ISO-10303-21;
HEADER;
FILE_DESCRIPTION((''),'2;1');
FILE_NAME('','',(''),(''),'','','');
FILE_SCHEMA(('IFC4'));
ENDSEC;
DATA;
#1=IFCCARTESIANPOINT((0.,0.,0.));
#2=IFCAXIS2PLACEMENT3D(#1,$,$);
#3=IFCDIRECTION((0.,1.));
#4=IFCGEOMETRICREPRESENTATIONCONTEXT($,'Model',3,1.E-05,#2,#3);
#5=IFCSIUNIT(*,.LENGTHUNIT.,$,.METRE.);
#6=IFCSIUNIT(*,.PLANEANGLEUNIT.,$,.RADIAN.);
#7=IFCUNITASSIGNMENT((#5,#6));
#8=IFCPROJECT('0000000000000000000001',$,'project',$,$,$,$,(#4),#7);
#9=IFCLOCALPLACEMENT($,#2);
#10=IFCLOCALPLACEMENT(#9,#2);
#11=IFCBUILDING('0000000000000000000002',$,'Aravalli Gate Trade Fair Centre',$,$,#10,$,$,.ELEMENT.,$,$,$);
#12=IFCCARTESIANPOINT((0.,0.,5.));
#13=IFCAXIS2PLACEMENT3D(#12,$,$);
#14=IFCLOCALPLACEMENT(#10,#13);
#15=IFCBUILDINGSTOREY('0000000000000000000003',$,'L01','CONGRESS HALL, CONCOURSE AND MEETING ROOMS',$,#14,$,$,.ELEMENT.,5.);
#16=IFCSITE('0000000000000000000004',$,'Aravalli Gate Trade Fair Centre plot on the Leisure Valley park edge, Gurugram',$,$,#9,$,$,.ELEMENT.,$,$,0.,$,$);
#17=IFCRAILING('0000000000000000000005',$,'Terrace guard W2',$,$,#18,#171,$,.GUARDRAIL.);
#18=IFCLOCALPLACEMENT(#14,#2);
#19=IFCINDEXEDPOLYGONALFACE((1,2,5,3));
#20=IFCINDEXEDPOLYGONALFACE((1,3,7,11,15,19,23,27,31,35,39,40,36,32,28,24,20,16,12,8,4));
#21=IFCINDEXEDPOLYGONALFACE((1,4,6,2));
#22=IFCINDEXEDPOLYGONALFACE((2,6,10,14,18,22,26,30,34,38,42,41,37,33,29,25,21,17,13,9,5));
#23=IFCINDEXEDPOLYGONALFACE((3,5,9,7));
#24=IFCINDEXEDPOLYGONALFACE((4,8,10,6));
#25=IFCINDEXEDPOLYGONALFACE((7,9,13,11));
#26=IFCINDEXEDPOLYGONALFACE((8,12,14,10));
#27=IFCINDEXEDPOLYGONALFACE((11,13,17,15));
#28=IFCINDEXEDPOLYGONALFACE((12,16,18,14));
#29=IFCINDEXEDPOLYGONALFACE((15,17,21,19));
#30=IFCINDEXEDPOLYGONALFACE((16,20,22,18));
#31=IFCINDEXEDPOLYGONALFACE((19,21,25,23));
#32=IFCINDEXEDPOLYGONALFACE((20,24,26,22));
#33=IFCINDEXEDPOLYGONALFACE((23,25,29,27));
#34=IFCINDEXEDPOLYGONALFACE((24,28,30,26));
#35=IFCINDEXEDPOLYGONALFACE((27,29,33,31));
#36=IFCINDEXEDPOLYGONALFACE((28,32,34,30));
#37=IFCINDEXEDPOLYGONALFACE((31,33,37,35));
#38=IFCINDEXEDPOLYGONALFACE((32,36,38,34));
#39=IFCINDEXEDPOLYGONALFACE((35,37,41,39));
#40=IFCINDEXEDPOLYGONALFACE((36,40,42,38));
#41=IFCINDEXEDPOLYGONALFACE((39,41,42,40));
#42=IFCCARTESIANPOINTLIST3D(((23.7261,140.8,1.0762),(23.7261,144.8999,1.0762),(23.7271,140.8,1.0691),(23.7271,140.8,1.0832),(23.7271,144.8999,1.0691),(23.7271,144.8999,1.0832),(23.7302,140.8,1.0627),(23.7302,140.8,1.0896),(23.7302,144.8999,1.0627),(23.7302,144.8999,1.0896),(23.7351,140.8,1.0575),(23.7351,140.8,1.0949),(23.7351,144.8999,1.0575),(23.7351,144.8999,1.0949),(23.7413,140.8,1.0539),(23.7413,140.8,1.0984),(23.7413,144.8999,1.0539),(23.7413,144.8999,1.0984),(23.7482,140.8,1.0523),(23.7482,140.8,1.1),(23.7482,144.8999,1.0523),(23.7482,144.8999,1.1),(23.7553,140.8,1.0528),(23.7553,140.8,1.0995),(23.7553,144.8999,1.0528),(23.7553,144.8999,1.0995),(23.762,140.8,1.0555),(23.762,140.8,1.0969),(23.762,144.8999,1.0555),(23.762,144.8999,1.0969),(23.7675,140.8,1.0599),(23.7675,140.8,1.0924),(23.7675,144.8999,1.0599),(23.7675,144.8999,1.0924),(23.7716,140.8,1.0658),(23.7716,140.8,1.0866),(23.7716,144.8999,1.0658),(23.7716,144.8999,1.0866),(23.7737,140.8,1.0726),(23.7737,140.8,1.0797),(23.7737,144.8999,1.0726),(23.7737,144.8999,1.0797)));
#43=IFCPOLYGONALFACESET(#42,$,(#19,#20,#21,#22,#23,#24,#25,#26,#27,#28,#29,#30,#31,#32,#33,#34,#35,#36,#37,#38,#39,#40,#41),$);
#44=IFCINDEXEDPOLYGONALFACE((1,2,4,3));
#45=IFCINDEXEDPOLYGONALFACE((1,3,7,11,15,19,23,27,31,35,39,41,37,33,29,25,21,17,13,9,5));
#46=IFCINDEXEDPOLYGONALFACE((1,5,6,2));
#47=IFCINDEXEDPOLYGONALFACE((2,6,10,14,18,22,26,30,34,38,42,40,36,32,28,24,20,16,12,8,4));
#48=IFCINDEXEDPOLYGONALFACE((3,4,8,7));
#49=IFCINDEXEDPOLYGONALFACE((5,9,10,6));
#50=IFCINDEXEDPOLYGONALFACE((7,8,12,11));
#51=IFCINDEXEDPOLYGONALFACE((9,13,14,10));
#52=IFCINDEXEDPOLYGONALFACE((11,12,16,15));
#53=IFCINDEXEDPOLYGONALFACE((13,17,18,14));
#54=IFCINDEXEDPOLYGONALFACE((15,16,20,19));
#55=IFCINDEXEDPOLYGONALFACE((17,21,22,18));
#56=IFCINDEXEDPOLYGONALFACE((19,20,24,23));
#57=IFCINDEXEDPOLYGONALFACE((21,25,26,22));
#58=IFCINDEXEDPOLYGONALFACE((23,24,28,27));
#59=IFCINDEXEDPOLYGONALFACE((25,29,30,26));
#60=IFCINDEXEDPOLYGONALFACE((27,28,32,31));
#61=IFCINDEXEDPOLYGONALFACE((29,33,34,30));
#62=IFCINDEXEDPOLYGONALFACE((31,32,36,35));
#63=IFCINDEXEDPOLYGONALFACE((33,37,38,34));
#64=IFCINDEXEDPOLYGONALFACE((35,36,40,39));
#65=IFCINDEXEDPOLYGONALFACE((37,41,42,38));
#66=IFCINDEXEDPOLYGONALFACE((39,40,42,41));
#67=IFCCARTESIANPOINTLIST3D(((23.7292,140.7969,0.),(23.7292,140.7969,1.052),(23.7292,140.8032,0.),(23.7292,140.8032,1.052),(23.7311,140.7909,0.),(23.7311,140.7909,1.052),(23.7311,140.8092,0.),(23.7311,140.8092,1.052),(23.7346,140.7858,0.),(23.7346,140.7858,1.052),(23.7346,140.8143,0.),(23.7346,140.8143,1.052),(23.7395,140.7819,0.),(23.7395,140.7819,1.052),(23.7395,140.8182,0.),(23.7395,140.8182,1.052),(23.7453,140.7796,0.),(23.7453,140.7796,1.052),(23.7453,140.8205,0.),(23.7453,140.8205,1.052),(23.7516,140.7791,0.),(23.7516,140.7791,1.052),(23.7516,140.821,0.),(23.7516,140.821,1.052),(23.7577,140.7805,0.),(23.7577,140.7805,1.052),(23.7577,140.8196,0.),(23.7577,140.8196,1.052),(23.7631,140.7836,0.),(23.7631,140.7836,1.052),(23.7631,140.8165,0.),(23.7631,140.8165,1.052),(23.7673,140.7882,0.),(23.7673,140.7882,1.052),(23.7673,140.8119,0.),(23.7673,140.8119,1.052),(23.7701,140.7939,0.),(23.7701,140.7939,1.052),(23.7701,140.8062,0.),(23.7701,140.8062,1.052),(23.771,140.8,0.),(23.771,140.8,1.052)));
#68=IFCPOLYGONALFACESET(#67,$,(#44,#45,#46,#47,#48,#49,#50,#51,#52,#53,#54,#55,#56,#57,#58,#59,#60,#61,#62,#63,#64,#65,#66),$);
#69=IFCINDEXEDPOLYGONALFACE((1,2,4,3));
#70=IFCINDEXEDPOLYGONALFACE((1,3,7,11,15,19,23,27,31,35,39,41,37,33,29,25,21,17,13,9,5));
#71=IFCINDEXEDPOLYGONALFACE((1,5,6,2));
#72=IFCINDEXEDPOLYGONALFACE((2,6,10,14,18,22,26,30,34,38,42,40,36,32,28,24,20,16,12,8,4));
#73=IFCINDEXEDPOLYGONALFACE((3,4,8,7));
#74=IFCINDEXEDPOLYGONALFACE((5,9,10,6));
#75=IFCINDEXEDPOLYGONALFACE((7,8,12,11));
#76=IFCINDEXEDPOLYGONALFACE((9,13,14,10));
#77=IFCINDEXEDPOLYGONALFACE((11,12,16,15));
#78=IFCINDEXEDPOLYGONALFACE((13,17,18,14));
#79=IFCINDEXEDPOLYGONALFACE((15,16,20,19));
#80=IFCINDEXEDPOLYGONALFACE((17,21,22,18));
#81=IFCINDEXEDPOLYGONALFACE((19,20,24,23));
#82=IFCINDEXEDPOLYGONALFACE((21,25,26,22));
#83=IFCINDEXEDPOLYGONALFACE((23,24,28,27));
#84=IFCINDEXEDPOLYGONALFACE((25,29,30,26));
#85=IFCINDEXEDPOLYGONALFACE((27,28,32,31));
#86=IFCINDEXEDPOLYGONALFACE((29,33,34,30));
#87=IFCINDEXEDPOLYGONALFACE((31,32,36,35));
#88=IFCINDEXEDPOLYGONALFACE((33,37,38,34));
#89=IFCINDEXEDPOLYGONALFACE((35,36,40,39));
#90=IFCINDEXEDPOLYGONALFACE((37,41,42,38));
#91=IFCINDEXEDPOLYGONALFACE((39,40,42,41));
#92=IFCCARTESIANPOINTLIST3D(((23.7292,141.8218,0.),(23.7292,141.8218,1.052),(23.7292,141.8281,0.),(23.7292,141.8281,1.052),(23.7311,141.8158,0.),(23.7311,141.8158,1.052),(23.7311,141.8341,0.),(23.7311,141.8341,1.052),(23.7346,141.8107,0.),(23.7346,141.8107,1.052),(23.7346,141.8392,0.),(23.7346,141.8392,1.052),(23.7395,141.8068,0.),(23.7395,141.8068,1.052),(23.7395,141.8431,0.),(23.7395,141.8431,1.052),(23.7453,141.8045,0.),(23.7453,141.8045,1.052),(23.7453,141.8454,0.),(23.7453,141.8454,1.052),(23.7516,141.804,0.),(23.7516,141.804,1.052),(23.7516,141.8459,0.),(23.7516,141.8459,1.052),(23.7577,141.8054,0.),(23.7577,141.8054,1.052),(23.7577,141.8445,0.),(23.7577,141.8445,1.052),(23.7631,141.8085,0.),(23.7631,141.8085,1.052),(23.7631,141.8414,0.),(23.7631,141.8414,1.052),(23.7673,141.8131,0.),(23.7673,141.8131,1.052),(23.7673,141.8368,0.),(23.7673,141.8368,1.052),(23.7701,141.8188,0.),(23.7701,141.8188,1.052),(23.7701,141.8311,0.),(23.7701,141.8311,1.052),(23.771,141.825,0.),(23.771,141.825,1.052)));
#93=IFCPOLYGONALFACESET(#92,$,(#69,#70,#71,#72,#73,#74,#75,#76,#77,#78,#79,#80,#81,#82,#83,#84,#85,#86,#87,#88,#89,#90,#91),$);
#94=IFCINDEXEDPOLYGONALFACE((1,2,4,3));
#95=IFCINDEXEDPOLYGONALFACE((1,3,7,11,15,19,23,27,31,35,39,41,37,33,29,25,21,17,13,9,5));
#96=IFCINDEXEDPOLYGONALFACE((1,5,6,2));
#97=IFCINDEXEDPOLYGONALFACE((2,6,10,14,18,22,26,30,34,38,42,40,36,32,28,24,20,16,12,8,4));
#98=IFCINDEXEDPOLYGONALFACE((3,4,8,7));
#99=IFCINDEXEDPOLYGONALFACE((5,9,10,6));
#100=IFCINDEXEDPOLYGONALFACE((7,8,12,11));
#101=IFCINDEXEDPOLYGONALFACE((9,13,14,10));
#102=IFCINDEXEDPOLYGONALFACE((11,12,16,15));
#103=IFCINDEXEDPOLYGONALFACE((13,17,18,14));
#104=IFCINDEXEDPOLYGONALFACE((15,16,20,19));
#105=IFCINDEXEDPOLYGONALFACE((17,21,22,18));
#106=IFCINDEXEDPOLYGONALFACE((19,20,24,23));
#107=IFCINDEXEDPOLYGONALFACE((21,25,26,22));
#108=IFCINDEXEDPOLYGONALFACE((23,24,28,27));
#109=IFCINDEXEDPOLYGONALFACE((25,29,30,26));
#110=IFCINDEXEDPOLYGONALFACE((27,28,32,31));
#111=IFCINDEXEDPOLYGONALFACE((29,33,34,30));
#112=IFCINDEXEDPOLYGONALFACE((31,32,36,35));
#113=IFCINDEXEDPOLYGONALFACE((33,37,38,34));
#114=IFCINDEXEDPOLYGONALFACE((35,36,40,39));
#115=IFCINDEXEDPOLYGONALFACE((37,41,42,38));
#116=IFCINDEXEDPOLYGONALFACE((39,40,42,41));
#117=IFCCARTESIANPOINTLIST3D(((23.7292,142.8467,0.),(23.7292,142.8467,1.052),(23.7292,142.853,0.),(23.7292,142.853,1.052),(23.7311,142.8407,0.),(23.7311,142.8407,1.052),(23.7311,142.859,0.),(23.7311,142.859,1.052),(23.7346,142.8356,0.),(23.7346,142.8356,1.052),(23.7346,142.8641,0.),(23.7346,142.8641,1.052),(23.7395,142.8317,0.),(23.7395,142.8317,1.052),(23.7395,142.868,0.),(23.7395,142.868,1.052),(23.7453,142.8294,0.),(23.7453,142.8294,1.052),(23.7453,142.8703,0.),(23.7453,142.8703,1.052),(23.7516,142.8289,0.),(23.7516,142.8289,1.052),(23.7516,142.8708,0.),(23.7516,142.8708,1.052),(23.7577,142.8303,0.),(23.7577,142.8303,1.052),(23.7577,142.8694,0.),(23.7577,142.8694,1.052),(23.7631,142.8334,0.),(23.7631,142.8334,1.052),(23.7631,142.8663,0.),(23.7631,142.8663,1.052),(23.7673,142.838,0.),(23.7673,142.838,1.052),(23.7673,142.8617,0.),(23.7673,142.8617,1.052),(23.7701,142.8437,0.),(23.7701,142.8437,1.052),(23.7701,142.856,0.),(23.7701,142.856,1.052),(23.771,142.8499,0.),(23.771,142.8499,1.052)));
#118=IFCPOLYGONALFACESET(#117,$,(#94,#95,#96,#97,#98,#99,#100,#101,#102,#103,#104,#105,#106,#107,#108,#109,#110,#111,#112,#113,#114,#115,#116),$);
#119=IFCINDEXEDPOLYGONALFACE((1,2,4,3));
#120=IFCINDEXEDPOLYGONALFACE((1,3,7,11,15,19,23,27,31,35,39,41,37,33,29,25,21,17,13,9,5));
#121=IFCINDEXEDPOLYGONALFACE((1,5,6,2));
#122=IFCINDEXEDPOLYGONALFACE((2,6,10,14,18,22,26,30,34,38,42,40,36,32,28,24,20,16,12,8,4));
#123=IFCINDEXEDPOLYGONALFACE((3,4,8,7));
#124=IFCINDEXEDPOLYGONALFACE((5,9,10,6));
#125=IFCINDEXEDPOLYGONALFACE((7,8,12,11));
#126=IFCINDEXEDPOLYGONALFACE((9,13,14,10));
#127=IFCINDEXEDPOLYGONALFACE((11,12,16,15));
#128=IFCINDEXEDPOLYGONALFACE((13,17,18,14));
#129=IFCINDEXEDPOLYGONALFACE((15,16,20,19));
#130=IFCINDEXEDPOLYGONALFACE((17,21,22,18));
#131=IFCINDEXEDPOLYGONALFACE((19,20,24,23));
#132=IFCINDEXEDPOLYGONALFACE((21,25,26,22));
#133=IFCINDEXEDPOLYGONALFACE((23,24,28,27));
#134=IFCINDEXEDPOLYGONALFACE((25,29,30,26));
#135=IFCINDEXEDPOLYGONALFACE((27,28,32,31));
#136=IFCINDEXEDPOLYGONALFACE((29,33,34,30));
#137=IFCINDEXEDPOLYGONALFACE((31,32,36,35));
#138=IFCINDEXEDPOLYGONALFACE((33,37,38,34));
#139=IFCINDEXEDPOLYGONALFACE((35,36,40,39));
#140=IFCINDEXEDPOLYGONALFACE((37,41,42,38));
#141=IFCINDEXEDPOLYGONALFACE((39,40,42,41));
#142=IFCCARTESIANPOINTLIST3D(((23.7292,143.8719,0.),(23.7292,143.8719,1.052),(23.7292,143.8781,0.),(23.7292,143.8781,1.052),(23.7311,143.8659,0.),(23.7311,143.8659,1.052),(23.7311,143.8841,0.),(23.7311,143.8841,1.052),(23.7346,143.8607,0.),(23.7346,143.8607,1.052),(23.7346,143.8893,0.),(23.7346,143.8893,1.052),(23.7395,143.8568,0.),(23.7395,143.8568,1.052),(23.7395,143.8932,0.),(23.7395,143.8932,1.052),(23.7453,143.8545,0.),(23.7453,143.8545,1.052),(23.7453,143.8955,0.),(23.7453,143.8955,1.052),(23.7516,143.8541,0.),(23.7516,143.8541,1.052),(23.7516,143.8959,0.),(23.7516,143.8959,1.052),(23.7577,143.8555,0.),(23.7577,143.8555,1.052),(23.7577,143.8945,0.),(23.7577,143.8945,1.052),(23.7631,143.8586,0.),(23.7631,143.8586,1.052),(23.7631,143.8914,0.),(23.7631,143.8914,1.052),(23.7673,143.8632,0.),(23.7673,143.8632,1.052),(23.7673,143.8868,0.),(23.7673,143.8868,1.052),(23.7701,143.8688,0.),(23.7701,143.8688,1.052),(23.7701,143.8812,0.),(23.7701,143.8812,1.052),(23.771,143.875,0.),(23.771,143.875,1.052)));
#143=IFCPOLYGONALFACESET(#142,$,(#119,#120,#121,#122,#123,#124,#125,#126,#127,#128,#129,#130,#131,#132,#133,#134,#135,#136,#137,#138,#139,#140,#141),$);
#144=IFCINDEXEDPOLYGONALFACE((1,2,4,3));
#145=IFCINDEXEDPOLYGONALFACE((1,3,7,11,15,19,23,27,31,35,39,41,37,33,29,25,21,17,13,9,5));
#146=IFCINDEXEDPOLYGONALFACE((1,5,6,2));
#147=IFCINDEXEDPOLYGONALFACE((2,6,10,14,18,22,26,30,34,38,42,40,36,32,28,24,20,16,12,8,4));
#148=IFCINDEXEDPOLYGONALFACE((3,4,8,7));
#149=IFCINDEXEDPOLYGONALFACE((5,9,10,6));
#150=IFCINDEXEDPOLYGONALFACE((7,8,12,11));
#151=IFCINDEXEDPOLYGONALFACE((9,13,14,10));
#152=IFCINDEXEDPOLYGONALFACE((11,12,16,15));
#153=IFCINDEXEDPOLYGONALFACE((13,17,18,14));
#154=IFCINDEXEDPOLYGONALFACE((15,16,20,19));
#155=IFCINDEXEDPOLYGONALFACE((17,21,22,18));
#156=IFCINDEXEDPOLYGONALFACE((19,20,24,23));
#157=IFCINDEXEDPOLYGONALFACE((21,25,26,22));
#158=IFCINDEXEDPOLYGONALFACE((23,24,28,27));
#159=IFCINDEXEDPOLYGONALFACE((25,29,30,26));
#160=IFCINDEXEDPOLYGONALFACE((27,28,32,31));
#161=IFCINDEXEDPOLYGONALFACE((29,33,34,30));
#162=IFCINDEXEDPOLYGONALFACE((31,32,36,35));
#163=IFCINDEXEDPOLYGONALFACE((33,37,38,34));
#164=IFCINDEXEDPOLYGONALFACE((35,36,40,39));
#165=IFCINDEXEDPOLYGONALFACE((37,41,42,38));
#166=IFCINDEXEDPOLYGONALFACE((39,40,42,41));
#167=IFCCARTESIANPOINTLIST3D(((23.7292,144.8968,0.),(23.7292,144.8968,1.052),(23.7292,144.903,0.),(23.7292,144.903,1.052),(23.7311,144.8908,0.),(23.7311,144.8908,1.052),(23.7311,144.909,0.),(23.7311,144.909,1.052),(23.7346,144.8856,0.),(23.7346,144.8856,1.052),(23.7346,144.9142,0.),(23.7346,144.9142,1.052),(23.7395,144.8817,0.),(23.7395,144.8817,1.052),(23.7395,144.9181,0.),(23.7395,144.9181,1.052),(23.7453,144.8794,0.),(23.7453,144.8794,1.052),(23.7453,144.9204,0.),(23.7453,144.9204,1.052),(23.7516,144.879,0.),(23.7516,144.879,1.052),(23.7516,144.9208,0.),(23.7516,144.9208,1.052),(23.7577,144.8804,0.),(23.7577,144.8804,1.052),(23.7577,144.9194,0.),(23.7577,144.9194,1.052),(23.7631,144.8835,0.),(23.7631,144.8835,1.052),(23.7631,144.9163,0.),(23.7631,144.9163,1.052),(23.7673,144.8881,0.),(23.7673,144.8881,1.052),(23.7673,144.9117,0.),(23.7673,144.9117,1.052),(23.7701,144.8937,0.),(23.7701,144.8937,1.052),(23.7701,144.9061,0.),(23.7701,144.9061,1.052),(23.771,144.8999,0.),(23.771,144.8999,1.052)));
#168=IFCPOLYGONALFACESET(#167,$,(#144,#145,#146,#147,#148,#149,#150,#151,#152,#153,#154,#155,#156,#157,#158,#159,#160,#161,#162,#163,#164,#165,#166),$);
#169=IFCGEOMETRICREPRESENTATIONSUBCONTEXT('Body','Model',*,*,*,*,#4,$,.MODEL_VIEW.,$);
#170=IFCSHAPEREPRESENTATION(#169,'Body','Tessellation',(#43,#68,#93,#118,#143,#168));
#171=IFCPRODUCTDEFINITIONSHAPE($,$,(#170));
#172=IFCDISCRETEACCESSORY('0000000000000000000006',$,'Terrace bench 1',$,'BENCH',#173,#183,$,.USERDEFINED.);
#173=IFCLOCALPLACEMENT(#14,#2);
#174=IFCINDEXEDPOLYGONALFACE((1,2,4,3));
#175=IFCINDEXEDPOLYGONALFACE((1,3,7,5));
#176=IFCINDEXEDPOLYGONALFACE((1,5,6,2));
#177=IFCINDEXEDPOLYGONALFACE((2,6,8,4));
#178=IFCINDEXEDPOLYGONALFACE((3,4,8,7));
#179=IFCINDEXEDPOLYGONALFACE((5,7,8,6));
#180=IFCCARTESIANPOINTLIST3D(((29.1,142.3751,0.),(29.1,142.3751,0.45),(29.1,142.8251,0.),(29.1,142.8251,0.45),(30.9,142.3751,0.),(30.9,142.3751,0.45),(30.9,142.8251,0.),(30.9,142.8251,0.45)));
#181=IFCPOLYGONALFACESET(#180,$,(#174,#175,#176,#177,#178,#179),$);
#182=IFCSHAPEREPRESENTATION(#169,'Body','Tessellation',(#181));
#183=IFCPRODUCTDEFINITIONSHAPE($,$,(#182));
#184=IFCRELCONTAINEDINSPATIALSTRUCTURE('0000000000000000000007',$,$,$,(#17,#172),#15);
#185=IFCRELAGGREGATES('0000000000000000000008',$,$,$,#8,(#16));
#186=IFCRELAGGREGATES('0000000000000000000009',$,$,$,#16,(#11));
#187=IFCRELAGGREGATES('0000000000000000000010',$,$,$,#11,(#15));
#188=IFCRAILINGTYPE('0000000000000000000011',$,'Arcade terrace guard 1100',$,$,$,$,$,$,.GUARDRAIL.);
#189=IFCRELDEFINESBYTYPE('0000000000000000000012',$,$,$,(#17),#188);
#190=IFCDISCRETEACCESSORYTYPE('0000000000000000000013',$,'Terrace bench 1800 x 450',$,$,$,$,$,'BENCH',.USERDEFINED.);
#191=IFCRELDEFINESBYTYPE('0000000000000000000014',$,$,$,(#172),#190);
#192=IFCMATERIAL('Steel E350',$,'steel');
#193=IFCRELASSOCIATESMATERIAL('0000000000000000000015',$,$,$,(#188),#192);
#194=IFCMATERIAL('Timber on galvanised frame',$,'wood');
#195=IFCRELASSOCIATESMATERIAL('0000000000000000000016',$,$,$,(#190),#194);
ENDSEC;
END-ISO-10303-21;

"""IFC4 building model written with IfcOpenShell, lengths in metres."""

from ifc_helpers import new_model, si_unit, direction, frame, origin, origin_2d, place, context, subcontext, project, spatial, rectangle, circle, extrude, material, type_object, element, save


model = new_model("IFC4")

# Units and contexts
model_context = context("Model", 3, precision=1e-05, world=origin(), true_north=direction((0.0, 1.0)))
body_context = subcontext(model_context, "Body", "Model", "MODEL_VIEW")
ifc_project = project(units=[si_unit("LENGTHUNIT", "METRE"), si_unit("PLANEANGLEUNIT", "RADIAN")], contexts=[model_context])

# Site, building, storey
site_placement = place(None, origin())
site = spatial("IfcSite", under=ifc_project, at=site_placement, Name="Aravalli Gate Trade Fair Centre plot on the Leisure Valley park edge, Gurugram", CompositionType="ELEMENT", RefElevation=0.0)
building_placement = place(site_placement, origin())
building = spatial("IfcBuilding", under=site, at=building_placement, Name="Aravalli Gate Trade Fair Centre", CompositionType="ELEMENT")
storey_placement = place(building_placement, frame((0.0, 0.0, 5.0)))
storey = spatial("IfcBuildingStorey", under=building, at=storey_placement, Name="L01", Description="CONGRESS HALL, CONCOURSE AND MEETING ROOMS", CompositionType="ELEMENT", Elevation=5.0)

# Railing
ifc_material_1 = material(Name="Steel E350", Category="steel")
railing_type = type_object("IfcRailingType", Name="Arcade terrace guard 1100", PredefinedType="GUARDRAIL", material=ifc_material_1)
railing_1_placement = place(storey_placement, frame((23.75, 140.8, 0.0)))
element("IfcRailing", 1, at=railing_1_placement, inside=storey, type_object=railing_type, Name="Terrace guard W2", PredefinedType="GUARDRAIL", context=body_context, shape_type="SweptSolid", body=[
    extrude(circle(Radius=0.0239, at=origin_2d()), frame((0.0, 0.0, 1.0762), z_axis=(0.0, 1.0, 0.0), x_axis=(-1.0, 0.0, 0.0)), (0.0, 0.0, 1.0), 4.0999),
    extrude(circle(Radius=0.021, at=origin_2d()), origin(), (0.0, 0.0, 1.0), 1.052),
    extrude(circle(Radius=0.021, at=origin_2d()), frame((0.0, 1.0249, 0.0)), (0.0, 0.0, 1.0), 1.052),
    extrude(circle(Radius=0.021, at=origin_2d()), frame((0.0, 2.0498, 0.0)), (0.0, 0.0, 1.0), 1.052),
    extrude(circle(Radius=0.021, at=origin_2d()), frame((0.0, 3.075, 0.0)), (0.0, 0.0, 1.0), 1.052),
    extrude(circle(Radius=0.021, at=origin_2d()), frame((0.0, 4.0999, 0.0)), (0.0, 0.0, 1.0), 1.052),
])

# Discrete accessory
ifc_material_2 = material(Name="Timber on galvanised frame", Category="wood")
discrete_accessory_type = type_object("IfcDiscreteAccessoryType", Name="Terrace bench 1800 x 450", ElementType="BENCH", PredefinedType="USERDEFINED", material=ifc_material_2)
discrete_accessory_placement = place(storey_placement, frame((30.0, 142.6001, 0.0), z_axis=(0.0, 0.0, 1.0), x_axis=(1.0, 0.0, 0.0)))
element("IfcDiscreteAccessory", 2, at=discrete_accessory_placement, inside=storey, type_object=discrete_accessory_type, Name="Terrace bench 1", ObjectType="BENCH", PredefinedType="USERDEFINED", context=body_context, shape_type="SweptSolid", body=[
    extrude(rectangle(XDim=1.8, YDim=0.45, at=origin_2d()), origin(), (0.0, 0.0, 1.0), 0.45),
])

save(model, "model.ifc")
